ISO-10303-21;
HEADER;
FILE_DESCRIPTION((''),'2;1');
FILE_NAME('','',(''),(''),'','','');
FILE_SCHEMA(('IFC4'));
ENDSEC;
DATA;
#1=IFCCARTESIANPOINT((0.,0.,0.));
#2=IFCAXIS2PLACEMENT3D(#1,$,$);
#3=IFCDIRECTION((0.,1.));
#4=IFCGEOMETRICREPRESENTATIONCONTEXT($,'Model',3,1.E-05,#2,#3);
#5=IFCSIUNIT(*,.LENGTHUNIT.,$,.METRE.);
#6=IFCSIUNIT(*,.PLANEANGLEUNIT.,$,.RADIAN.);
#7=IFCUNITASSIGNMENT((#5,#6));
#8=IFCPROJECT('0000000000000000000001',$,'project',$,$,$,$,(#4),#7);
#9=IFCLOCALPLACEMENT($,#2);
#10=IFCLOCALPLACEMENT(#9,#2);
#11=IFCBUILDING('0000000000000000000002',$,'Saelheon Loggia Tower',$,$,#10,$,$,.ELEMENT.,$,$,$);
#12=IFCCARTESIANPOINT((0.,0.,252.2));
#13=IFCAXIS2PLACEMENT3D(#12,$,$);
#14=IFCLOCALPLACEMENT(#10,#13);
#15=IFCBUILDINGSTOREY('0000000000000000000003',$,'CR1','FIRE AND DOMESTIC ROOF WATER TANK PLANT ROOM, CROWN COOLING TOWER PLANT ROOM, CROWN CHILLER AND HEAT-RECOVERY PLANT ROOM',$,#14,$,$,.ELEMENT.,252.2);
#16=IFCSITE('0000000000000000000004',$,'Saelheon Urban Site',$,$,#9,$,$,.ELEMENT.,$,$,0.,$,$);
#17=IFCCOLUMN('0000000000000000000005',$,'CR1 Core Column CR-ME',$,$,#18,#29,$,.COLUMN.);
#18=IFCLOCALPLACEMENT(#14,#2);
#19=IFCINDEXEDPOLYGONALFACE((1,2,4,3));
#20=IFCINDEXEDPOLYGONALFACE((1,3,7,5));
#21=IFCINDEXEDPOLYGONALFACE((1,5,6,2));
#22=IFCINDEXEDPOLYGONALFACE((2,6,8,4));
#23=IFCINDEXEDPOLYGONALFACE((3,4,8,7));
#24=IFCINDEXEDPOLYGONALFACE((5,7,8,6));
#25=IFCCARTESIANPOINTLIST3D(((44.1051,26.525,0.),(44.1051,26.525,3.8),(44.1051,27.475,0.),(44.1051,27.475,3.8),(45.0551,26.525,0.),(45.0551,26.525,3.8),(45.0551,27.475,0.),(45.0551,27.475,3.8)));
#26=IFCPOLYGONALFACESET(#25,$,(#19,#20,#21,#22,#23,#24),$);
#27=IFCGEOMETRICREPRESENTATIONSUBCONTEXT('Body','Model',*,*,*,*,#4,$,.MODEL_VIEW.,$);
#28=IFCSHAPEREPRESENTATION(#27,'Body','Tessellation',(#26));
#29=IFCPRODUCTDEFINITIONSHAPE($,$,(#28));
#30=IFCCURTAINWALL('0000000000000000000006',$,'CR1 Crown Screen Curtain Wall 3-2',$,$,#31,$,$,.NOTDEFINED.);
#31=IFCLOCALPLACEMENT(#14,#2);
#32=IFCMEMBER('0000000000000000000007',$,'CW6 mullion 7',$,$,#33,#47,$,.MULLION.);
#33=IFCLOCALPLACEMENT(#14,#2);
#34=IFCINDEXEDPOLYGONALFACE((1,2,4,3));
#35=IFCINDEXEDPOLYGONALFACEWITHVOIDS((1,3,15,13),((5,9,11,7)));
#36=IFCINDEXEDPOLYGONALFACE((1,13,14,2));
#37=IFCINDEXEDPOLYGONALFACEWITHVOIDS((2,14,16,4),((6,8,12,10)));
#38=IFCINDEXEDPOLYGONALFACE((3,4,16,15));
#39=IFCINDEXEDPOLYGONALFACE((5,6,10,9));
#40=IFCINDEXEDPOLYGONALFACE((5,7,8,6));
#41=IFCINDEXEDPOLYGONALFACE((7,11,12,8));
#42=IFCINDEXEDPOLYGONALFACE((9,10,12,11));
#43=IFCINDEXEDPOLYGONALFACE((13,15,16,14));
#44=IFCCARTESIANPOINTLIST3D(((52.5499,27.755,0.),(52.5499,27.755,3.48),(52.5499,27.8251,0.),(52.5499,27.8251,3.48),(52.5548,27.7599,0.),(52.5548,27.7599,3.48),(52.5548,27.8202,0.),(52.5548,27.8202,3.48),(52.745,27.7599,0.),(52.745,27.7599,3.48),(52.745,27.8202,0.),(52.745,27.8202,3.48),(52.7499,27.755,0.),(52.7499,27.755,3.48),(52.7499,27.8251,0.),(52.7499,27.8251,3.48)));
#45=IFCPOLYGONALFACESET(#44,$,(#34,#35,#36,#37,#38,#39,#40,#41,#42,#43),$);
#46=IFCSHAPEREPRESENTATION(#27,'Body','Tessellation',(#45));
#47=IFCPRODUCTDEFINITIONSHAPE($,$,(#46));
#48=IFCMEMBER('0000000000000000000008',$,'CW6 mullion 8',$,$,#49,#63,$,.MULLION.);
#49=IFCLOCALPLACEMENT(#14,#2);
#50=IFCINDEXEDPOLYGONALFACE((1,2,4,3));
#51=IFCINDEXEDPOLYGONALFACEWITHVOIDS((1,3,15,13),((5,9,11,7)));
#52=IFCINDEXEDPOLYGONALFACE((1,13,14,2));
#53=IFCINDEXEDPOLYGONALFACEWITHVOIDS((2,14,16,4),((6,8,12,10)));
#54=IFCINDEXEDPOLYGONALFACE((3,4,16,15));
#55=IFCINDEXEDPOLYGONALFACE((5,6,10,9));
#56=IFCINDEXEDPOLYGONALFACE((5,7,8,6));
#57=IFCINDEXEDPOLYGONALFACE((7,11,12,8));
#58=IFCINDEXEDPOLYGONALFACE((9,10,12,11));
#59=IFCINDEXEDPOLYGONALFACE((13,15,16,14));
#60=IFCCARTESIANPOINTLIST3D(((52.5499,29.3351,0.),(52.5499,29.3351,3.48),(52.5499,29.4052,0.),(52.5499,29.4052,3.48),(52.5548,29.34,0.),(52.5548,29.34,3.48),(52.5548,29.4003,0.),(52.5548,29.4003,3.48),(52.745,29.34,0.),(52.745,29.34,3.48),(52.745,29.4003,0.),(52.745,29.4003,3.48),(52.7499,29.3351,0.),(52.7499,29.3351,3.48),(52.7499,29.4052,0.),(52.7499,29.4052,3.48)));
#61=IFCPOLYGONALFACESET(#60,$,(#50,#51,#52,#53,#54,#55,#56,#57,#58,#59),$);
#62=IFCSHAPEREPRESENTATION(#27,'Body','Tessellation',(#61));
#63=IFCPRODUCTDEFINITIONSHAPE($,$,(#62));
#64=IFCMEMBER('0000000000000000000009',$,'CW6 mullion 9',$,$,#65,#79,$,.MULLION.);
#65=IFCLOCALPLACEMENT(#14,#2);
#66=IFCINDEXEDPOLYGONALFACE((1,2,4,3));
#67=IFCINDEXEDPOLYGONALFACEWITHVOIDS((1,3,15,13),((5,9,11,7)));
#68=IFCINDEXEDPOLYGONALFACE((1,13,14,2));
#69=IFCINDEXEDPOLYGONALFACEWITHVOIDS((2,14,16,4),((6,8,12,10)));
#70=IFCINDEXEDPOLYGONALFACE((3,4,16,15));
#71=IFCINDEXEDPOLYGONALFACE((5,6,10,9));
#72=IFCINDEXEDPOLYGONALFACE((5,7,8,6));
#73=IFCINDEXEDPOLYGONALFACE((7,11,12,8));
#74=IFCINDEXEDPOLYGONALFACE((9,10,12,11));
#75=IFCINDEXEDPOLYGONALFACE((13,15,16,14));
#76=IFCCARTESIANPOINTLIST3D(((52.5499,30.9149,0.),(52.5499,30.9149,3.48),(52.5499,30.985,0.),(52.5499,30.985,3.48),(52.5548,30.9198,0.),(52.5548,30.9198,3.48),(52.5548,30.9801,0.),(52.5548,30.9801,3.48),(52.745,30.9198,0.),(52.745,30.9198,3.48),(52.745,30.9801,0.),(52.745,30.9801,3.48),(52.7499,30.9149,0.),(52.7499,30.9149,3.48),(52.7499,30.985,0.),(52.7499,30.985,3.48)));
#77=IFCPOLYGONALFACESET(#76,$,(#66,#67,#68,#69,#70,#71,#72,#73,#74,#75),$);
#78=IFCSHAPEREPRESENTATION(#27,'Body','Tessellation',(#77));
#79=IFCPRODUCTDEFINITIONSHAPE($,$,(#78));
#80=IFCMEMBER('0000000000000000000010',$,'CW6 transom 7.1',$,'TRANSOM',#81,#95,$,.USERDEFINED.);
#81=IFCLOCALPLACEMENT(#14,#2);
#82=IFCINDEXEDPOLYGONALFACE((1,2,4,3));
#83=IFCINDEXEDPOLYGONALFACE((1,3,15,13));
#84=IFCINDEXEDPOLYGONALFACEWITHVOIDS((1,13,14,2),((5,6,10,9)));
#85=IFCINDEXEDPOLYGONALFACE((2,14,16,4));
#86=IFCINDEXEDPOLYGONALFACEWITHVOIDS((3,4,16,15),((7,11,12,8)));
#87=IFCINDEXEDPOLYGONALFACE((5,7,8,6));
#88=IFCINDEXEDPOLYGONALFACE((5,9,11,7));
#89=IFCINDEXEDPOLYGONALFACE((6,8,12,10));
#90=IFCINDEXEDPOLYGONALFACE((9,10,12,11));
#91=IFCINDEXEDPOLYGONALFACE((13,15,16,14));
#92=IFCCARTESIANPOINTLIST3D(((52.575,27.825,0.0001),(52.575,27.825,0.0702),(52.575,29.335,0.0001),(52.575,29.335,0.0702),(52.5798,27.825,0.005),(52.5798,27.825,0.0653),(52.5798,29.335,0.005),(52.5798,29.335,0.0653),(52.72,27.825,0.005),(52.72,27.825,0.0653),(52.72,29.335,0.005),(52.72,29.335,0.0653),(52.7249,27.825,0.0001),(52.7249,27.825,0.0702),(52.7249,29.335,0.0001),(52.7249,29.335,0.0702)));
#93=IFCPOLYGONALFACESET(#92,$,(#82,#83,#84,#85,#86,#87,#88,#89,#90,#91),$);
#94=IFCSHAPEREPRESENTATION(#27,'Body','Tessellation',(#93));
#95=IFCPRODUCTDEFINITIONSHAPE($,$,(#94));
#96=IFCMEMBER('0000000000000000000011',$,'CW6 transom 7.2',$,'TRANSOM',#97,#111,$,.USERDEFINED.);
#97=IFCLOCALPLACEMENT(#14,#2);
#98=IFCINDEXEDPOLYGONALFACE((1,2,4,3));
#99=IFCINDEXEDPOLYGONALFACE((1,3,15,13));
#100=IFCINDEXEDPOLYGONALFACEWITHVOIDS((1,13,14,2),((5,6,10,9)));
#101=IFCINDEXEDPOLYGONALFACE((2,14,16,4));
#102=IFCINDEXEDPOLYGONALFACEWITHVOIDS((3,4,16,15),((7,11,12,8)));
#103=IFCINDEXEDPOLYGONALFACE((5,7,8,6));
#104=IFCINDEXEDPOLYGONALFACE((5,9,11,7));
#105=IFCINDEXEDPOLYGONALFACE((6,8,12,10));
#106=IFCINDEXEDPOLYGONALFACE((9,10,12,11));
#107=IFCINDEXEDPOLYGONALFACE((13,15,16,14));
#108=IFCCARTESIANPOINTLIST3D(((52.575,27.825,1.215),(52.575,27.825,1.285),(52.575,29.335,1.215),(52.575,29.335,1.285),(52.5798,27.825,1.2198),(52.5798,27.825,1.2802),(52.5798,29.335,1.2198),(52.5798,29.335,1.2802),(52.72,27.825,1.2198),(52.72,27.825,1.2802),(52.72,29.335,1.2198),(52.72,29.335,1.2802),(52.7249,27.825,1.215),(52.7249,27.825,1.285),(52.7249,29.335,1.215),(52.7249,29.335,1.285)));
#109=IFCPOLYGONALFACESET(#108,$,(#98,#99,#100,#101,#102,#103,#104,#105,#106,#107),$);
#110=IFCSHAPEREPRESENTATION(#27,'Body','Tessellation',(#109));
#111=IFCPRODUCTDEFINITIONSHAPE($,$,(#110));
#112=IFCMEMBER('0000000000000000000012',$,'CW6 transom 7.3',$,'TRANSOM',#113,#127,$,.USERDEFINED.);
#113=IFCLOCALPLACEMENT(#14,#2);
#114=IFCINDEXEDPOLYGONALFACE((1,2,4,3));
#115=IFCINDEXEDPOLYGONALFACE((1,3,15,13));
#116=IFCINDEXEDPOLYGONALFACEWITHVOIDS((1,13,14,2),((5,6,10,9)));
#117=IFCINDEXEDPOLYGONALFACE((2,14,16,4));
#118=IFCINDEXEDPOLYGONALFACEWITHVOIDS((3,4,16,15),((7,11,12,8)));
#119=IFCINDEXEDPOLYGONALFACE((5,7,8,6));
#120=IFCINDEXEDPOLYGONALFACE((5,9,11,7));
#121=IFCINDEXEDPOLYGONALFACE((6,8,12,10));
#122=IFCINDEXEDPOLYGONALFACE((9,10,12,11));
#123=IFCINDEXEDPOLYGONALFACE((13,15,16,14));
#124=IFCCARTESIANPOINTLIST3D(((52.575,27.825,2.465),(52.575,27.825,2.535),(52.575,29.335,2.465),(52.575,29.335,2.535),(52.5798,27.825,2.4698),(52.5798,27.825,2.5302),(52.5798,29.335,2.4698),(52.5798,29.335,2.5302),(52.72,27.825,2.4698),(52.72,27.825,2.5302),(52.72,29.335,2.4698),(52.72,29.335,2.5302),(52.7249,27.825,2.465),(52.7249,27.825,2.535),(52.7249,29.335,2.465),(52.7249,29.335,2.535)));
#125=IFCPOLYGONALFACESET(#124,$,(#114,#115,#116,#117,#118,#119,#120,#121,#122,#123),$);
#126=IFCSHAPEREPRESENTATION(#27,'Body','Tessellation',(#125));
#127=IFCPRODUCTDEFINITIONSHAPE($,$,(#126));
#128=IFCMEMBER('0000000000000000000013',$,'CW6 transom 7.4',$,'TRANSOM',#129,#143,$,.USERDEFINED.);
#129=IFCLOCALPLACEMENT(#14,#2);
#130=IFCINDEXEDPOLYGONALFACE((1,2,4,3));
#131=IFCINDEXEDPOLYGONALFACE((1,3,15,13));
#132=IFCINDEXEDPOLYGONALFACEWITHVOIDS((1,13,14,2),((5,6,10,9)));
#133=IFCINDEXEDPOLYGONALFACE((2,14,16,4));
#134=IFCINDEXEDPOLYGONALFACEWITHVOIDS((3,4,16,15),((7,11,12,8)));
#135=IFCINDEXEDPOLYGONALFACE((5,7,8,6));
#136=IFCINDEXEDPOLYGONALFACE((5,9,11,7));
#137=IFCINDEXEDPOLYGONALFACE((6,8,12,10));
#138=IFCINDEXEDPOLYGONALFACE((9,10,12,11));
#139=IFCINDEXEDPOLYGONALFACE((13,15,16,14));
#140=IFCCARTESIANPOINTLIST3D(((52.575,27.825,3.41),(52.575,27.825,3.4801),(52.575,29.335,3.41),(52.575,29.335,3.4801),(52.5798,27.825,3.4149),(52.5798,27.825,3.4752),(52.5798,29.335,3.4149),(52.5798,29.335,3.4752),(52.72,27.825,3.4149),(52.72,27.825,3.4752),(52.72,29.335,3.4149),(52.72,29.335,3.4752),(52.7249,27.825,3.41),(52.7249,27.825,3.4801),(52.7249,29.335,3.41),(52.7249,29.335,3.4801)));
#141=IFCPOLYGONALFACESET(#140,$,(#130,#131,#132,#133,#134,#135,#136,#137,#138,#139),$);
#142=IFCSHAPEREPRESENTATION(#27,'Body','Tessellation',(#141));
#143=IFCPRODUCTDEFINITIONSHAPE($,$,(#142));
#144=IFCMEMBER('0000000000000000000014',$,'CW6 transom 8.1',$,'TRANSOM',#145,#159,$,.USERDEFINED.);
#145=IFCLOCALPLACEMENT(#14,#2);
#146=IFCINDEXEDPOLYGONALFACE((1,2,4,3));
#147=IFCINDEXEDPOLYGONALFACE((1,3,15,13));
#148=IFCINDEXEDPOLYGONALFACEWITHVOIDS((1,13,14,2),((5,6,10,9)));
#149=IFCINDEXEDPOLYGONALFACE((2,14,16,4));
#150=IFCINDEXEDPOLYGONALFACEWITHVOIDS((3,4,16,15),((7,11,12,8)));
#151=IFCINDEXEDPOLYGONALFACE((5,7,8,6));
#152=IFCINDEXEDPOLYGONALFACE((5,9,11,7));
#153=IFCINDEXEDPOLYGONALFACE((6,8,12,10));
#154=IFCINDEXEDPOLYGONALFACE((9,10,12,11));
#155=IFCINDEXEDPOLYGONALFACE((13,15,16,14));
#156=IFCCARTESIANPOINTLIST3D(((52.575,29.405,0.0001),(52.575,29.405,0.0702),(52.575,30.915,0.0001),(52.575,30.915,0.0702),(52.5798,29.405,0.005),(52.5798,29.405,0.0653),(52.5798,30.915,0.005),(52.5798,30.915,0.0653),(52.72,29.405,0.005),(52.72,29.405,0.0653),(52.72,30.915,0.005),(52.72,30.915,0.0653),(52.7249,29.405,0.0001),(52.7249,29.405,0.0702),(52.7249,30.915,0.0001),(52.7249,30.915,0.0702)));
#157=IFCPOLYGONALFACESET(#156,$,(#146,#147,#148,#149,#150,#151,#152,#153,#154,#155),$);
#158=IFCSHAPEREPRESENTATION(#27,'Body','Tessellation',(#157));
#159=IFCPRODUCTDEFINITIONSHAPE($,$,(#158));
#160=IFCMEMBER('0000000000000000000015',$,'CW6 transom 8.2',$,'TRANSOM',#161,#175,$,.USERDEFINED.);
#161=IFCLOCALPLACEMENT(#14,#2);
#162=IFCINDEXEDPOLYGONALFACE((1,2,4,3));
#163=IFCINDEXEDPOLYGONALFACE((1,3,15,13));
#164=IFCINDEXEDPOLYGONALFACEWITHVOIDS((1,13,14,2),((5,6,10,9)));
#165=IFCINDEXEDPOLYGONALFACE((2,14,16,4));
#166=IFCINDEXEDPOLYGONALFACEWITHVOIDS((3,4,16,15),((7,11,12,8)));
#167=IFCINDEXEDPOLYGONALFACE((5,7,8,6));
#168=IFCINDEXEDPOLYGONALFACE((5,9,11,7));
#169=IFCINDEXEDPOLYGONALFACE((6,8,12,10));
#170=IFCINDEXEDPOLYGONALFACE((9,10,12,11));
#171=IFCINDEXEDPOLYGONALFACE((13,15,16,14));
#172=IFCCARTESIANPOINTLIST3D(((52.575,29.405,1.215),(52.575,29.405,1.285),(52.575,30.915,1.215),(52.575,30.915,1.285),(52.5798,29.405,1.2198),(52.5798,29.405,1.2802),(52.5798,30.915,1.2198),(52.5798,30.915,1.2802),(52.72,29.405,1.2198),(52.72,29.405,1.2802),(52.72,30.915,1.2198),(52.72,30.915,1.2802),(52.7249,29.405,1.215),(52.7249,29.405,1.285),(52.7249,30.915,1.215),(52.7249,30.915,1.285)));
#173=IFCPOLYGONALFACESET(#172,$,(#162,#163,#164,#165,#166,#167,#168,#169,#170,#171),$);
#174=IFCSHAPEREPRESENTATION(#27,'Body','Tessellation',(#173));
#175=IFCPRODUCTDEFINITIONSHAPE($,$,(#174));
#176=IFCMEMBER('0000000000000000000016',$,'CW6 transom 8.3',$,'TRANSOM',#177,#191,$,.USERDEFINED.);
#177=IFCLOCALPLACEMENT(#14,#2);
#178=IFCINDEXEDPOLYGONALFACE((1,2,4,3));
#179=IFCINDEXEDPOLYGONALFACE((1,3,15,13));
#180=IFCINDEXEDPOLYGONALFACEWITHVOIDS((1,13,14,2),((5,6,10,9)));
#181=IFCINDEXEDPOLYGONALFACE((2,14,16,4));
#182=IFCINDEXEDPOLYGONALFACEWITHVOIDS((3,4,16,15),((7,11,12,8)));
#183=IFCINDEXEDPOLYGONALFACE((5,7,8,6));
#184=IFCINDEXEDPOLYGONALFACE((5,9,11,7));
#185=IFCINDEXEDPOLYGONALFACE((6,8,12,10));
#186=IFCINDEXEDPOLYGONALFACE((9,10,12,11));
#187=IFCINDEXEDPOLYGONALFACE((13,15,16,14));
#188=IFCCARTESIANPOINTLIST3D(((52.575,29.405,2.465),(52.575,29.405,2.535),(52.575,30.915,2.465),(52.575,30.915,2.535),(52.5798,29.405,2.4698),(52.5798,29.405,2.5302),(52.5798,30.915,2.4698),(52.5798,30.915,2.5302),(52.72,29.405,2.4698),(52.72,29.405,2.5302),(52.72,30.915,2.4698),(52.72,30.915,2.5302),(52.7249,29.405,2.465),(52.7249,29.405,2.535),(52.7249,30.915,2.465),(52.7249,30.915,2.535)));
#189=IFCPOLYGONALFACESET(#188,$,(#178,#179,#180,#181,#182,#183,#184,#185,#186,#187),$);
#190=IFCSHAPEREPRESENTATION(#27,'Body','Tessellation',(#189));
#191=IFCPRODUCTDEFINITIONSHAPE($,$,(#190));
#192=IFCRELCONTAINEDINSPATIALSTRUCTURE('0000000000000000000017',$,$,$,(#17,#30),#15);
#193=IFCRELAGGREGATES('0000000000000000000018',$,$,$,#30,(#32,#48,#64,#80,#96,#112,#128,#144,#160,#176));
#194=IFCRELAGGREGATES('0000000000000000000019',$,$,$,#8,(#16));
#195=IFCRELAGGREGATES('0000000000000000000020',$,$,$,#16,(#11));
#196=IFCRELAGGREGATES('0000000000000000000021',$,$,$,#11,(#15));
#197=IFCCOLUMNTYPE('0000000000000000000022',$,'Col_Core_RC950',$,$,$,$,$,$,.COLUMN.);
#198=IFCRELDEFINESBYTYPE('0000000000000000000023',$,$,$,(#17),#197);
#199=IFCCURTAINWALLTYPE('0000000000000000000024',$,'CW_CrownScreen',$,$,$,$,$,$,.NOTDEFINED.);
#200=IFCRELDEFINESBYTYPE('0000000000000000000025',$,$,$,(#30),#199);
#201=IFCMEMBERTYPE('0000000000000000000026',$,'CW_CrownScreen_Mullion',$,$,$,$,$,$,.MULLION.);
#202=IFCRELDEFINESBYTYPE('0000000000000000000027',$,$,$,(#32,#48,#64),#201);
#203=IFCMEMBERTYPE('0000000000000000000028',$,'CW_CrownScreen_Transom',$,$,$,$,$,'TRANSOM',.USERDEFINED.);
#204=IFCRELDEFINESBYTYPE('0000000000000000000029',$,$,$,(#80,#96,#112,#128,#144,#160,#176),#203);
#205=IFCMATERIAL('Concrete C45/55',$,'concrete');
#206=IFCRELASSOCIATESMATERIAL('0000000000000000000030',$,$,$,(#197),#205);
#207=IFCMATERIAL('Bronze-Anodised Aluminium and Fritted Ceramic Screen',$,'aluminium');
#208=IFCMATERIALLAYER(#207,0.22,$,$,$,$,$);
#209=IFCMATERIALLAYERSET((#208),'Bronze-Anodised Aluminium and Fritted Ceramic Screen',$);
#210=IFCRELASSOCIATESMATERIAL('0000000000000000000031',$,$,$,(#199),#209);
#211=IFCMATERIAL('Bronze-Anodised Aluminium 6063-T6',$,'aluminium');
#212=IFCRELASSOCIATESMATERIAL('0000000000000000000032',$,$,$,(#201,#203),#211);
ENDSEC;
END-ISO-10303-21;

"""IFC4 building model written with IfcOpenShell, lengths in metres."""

from ifc_helpers import new_model, si_unit, direction, frame, origin, origin_2d, place, context, subcontext, project, spatial, rectangle, hollow_rectangle, extrude, source, transform, mapped, material, layer, layer_set, material_profile, profile_set, type_object, element, aggregate, save


model = new_model("IFC4")

# Units and contexts
model_context = context("Model", 3, precision=1e-05, world=origin(), true_north=direction((0.0, 1.0)))
body_context = subcontext(model_context, "Body", "Model", "MODEL_VIEW")
ifc_project = project(units=[si_unit("LENGTHUNIT", "METRE"), si_unit("PLANEANGLEUNIT", "RADIAN")], contexts=[model_context])

# Site, building, storey
site_placement = place(None, origin())
site = spatial("IfcSite", under=ifc_project, at=site_placement, Name="Saelheon Urban Site", CompositionType="ELEMENT", RefElevation=0.0)
building_placement = place(site_placement, origin())
building = spatial("IfcBuilding", under=site, at=building_placement, Name="Saelheon Loggia Tower", CompositionType="ELEMENT")
storey_placement = place(building_placement, frame((0.0, 0.0, 252.2)))
storey = spatial("IfcBuildingStorey", under=building, at=storey_placement, Name="CR1", Description="FIRE AND DOMESTIC ROOF WATER TANK PLANT ROOM, CROWN COOLING TOWER PLANT ROOM, CROWN CHILLER AND HEAT-RECOVERY PLANT ROOM", CompositionType="ELEMENT", Elevation=252.2)

# Column
ifc_material_1 = material(Name="Concrete C45/55", Category="concrete")
ifc_material_profile_1 = material_profile(ifc_material_1, rectangle(XDim=0.95, YDim=0.95, at=origin_2d()), Name="RC-950x950")
ifc_profile_set_1 = profile_set([ifc_material_profile_1], Name="Concrete C45/55")
column_type = type_object("IfcColumnType", Name="Col_Core_RC950", PredefinedType="COLUMN", material=ifc_profile_set_1)
shared_shape_1 = source(origin(), body_context, "Body", "SweptSolid", [
    extrude(rectangle(XDim=0.95, YDim=0.95, at=origin_2d()), origin(), (0.0, 0.0, 1.0), 3.8),
])
column_placement = place(storey_placement, frame((44.5801, 27.0, 0.0), z_axis=(0.0, 0.0, 1.0), x_axis=(1.0, 0.0, 0.0)))
element("IfcColumn", 1, at=column_placement, inside=storey, type_object=column_type, Name="CR1 Core Column CR-ME", PredefinedType="COLUMN", context=body_context, shape_type="MappedRepresentation", body=[
    mapped(shared_shape_1, transform((0.0, 0.0, 0.0), scale=1.0)),
])

# Curtain wall, members
ifc_material_2 = material(Name="Bronze-Anodised Aluminium and Fritted Ceramic Screen", Category="aluminium")
ifc_layer_1 = layer(ifc_material_2, 0.22)
ifc_layer_set_1 = layer_set([ifc_layer_1], Name="Bronze-Anodised Aluminium and Fritted Ceramic Screen")
curtain_wall_type = type_object("IfcCurtainWallType", Name="CW_CrownScreen", PredefinedType="NOTDEFINED", material=ifc_layer_set_1)
curtain_wall_placement = place(storey_placement, origin())
curtain_wall = element("IfcCurtainWall", 2, at=curtain_wall_placement, inside=storey, type_object=curtain_wall_type, Name="CR1 Crown Screen Curtain Wall 3-2", PredefinedType="NOTDEFINED")
ifc_material_3 = material(Name="Bronze-Anodised Aluminium 6063-T6", Category="aluminium")
ifc_material_profile_2 = material_profile(ifc_material_3, hollow_rectangle(XDim=0.0701, YDim=0.2, WallThickness=0.0049, at=origin_2d()), Name="RHS-200x70x5")
ifc_profile_set_2 = profile_set([ifc_material_profile_2], Name="Bronze-Anodised Aluminium 6063-T6")
member_type_1 = type_object("IfcMemberType", Name="CW_CrownScreen_Mullion", PredefinedType="MULLION", material=ifc_profile_set_2)
shared_shape_2 = source(origin(), body_context, "Body", "SweptSolid", [
    extrude(hollow_rectangle(XDim=0.0701, YDim=0.2, WallThickness=0.0049, at=origin_2d()), origin(), (0.0, 0.0, 1.0), 3.48),
])
member_1_placement = place(storey_placement, frame((52.6499, 27.79, 0.0), z_axis=(0.0, 0.0, 1.0), x_axis=(0.0, 1.0, 0.0)))
member_1 = element("IfcMember", 3, at=member_1_placement, type_object=member_type_1, Name="CW6 mullion 7", PredefinedType="MULLION", context=body_context, shape_type="MappedRepresentation", body=[
    mapped(shared_shape_2, transform((0.0, 0.0, 0.0), scale=1.0)),
])
member_2_placement = place(storey_placement, frame((52.6499, 29.3701, 0.0), z_axis=(0.0, 0.0, 1.0), x_axis=(0.0, 1.0, 0.0)))
member_2 = element("IfcMember", 4, at=member_2_placement, type_object=member_type_1, Name="CW6 mullion 8", PredefinedType="MULLION", context=body_context, shape_type="MappedRepresentation", body=[
    mapped(shared_shape_2, transform((0.0, 0.0, 0.0), scale=1.0)),
])
member_3_placement = place(storey_placement, frame((52.6499, 30.95, 0.0), z_axis=(0.0, 0.0, 1.0), x_axis=(0.0, 1.0, 0.0)))
member_3 = element("IfcMember", 5, at=member_3_placement, type_object=member_type_1, Name="CW6 mullion 9", PredefinedType="MULLION", context=body_context, shape_type="MappedRepresentation", body=[
    mapped(shared_shape_2, transform((0.0, 0.0, 0.0), scale=1.0)),
])
ifc_material_profile_3 = material_profile(ifc_material_3, hollow_rectangle(XDim=0.0701, YDim=0.1499, WallThickness=0.0049, at=origin_2d()), Name="RHS-150x70x5")
ifc_profile_set_3 = profile_set([ifc_material_profile_3], Name="Bronze-Anodised Aluminium 6063-T6")
member_type_2 = type_object("IfcMemberType", Name="CW_CrownScreen_Transom", ElementType="TRANSOM", PredefinedType="USERDEFINED", material=ifc_profile_set_3)
shared_shape_3 = source(origin(), body_context, "Body", "SweptSolid", [
    extrude(hollow_rectangle(XDim=0.0701, YDim=0.1499, WallThickness=0.0049, at=origin_2d()), origin(), (0.0, 0.0, 1.0), 1.51),
])
member_4_placement = place(storey_placement, frame((52.6499, 27.825, 0.0352), z_axis=(0.0, 1.0, 0.0), x_axis=(0.0, 0.0, 1.0)))
member_4 = element("IfcMember", 6, at=member_4_placement, type_object=member_type_2, Name="CW6 transom 7.1", ObjectType="TRANSOM", PredefinedType="USERDEFINED", context=body_context, shape_type="MappedRepresentation", body=[
    mapped(shared_shape_3, transform((0.0, 0.0, 0.0), scale=1.0)),
])
member_5_placement = place(storey_placement, frame((52.6499, 27.825, 1.25), z_axis=(0.0, 1.0, 0.0), x_axis=(0.0, 0.0, 1.0)))
member_5 = element("IfcMember", 7, at=member_5_placement, type_object=member_type_2, Name="CW6 transom 7.2", ObjectType="TRANSOM", PredefinedType="USERDEFINED", context=body_context, shape_type="MappedRepresentation", body=[
    mapped(shared_shape_3, transform((0.0, 0.0, 0.0), scale=1.0)),
])
member_6_placement = place(storey_placement, frame((52.6499, 27.825, 2.5), z_axis=(0.0, 1.0, 0.0), x_axis=(0.0, 0.0, 1.0)))
member_6 = element("IfcMember", 8, at=member_6_placement, type_object=member_type_2, Name="CW6 transom 7.3", ObjectType="TRANSOM", PredefinedType="USERDEFINED", context=body_context, shape_type="MappedRepresentation", body=[
    mapped(shared_shape_3, transform((0.0, 0.0, 0.0), scale=1.0)),
])
member_7_placement = place(storey_placement, frame((52.6499, 27.825, 3.4451), z_axis=(0.0, 1.0, 0.0), x_axis=(0.0, 0.0, 1.0)))
member_7 = element("IfcMember", 9, at=member_7_placement, type_object=member_type_2, Name="CW6 transom 7.4", ObjectType="TRANSOM", PredefinedType="USERDEFINED", context=body_context, shape_type="MappedRepresentation", body=[
    mapped(shared_shape_3, transform((0.0, 0.0, 0.0), scale=1.0)),
])
member_8_placement = place(storey_placement, frame((52.6499, 29.405, 0.0352), z_axis=(0.0, 1.0, 0.0), x_axis=(0.0, 0.0, 1.0)))
member_8 = element("IfcMember", 10, at=member_8_placement, type_object=member_type_2, Name="CW6 transom 8.1", ObjectType="TRANSOM", PredefinedType="USERDEFINED", context=body_context, shape_type="MappedRepresentation", body=[
    mapped(shared_shape_3, transform((0.0, 0.0, 0.0), scale=1.0)),
])
member_9_placement = place(storey_placement, frame((52.6499, 29.405, 1.25), z_axis=(0.0, 1.0, 0.0), x_axis=(0.0, 0.0, 1.0)))
member_9 = element("IfcMember", 11, at=member_9_placement, type_object=member_type_2, Name="CW6 transom 8.2", ObjectType="TRANSOM", PredefinedType="USERDEFINED", context=body_context, shape_type="MappedRepresentation", body=[
    mapped(shared_shape_3, transform((0.0, 0.0, 0.0), scale=1.0)),
])
member_10_placement = place(storey_placement, frame((52.6499, 29.405, 2.5), z_axis=(0.0, 1.0, 0.0), x_axis=(0.0, 0.0, 1.0)))
member_10 = element("IfcMember", 12, at=member_10_placement, type_object=member_type_2, Name="CW6 transom 8.3", ObjectType="TRANSOM", PredefinedType="USERDEFINED", context=body_context, shape_type="MappedRepresentation", body=[
    mapped(shared_shape_3, transform((0.0, 0.0, 0.0), scale=1.0)),
])
aggregate(curtain_wall, [member_1, member_2, member_3, member_4, member_5, member_6, member_7, member_8, member_9, member_10])

save(model, "model.ifc")
